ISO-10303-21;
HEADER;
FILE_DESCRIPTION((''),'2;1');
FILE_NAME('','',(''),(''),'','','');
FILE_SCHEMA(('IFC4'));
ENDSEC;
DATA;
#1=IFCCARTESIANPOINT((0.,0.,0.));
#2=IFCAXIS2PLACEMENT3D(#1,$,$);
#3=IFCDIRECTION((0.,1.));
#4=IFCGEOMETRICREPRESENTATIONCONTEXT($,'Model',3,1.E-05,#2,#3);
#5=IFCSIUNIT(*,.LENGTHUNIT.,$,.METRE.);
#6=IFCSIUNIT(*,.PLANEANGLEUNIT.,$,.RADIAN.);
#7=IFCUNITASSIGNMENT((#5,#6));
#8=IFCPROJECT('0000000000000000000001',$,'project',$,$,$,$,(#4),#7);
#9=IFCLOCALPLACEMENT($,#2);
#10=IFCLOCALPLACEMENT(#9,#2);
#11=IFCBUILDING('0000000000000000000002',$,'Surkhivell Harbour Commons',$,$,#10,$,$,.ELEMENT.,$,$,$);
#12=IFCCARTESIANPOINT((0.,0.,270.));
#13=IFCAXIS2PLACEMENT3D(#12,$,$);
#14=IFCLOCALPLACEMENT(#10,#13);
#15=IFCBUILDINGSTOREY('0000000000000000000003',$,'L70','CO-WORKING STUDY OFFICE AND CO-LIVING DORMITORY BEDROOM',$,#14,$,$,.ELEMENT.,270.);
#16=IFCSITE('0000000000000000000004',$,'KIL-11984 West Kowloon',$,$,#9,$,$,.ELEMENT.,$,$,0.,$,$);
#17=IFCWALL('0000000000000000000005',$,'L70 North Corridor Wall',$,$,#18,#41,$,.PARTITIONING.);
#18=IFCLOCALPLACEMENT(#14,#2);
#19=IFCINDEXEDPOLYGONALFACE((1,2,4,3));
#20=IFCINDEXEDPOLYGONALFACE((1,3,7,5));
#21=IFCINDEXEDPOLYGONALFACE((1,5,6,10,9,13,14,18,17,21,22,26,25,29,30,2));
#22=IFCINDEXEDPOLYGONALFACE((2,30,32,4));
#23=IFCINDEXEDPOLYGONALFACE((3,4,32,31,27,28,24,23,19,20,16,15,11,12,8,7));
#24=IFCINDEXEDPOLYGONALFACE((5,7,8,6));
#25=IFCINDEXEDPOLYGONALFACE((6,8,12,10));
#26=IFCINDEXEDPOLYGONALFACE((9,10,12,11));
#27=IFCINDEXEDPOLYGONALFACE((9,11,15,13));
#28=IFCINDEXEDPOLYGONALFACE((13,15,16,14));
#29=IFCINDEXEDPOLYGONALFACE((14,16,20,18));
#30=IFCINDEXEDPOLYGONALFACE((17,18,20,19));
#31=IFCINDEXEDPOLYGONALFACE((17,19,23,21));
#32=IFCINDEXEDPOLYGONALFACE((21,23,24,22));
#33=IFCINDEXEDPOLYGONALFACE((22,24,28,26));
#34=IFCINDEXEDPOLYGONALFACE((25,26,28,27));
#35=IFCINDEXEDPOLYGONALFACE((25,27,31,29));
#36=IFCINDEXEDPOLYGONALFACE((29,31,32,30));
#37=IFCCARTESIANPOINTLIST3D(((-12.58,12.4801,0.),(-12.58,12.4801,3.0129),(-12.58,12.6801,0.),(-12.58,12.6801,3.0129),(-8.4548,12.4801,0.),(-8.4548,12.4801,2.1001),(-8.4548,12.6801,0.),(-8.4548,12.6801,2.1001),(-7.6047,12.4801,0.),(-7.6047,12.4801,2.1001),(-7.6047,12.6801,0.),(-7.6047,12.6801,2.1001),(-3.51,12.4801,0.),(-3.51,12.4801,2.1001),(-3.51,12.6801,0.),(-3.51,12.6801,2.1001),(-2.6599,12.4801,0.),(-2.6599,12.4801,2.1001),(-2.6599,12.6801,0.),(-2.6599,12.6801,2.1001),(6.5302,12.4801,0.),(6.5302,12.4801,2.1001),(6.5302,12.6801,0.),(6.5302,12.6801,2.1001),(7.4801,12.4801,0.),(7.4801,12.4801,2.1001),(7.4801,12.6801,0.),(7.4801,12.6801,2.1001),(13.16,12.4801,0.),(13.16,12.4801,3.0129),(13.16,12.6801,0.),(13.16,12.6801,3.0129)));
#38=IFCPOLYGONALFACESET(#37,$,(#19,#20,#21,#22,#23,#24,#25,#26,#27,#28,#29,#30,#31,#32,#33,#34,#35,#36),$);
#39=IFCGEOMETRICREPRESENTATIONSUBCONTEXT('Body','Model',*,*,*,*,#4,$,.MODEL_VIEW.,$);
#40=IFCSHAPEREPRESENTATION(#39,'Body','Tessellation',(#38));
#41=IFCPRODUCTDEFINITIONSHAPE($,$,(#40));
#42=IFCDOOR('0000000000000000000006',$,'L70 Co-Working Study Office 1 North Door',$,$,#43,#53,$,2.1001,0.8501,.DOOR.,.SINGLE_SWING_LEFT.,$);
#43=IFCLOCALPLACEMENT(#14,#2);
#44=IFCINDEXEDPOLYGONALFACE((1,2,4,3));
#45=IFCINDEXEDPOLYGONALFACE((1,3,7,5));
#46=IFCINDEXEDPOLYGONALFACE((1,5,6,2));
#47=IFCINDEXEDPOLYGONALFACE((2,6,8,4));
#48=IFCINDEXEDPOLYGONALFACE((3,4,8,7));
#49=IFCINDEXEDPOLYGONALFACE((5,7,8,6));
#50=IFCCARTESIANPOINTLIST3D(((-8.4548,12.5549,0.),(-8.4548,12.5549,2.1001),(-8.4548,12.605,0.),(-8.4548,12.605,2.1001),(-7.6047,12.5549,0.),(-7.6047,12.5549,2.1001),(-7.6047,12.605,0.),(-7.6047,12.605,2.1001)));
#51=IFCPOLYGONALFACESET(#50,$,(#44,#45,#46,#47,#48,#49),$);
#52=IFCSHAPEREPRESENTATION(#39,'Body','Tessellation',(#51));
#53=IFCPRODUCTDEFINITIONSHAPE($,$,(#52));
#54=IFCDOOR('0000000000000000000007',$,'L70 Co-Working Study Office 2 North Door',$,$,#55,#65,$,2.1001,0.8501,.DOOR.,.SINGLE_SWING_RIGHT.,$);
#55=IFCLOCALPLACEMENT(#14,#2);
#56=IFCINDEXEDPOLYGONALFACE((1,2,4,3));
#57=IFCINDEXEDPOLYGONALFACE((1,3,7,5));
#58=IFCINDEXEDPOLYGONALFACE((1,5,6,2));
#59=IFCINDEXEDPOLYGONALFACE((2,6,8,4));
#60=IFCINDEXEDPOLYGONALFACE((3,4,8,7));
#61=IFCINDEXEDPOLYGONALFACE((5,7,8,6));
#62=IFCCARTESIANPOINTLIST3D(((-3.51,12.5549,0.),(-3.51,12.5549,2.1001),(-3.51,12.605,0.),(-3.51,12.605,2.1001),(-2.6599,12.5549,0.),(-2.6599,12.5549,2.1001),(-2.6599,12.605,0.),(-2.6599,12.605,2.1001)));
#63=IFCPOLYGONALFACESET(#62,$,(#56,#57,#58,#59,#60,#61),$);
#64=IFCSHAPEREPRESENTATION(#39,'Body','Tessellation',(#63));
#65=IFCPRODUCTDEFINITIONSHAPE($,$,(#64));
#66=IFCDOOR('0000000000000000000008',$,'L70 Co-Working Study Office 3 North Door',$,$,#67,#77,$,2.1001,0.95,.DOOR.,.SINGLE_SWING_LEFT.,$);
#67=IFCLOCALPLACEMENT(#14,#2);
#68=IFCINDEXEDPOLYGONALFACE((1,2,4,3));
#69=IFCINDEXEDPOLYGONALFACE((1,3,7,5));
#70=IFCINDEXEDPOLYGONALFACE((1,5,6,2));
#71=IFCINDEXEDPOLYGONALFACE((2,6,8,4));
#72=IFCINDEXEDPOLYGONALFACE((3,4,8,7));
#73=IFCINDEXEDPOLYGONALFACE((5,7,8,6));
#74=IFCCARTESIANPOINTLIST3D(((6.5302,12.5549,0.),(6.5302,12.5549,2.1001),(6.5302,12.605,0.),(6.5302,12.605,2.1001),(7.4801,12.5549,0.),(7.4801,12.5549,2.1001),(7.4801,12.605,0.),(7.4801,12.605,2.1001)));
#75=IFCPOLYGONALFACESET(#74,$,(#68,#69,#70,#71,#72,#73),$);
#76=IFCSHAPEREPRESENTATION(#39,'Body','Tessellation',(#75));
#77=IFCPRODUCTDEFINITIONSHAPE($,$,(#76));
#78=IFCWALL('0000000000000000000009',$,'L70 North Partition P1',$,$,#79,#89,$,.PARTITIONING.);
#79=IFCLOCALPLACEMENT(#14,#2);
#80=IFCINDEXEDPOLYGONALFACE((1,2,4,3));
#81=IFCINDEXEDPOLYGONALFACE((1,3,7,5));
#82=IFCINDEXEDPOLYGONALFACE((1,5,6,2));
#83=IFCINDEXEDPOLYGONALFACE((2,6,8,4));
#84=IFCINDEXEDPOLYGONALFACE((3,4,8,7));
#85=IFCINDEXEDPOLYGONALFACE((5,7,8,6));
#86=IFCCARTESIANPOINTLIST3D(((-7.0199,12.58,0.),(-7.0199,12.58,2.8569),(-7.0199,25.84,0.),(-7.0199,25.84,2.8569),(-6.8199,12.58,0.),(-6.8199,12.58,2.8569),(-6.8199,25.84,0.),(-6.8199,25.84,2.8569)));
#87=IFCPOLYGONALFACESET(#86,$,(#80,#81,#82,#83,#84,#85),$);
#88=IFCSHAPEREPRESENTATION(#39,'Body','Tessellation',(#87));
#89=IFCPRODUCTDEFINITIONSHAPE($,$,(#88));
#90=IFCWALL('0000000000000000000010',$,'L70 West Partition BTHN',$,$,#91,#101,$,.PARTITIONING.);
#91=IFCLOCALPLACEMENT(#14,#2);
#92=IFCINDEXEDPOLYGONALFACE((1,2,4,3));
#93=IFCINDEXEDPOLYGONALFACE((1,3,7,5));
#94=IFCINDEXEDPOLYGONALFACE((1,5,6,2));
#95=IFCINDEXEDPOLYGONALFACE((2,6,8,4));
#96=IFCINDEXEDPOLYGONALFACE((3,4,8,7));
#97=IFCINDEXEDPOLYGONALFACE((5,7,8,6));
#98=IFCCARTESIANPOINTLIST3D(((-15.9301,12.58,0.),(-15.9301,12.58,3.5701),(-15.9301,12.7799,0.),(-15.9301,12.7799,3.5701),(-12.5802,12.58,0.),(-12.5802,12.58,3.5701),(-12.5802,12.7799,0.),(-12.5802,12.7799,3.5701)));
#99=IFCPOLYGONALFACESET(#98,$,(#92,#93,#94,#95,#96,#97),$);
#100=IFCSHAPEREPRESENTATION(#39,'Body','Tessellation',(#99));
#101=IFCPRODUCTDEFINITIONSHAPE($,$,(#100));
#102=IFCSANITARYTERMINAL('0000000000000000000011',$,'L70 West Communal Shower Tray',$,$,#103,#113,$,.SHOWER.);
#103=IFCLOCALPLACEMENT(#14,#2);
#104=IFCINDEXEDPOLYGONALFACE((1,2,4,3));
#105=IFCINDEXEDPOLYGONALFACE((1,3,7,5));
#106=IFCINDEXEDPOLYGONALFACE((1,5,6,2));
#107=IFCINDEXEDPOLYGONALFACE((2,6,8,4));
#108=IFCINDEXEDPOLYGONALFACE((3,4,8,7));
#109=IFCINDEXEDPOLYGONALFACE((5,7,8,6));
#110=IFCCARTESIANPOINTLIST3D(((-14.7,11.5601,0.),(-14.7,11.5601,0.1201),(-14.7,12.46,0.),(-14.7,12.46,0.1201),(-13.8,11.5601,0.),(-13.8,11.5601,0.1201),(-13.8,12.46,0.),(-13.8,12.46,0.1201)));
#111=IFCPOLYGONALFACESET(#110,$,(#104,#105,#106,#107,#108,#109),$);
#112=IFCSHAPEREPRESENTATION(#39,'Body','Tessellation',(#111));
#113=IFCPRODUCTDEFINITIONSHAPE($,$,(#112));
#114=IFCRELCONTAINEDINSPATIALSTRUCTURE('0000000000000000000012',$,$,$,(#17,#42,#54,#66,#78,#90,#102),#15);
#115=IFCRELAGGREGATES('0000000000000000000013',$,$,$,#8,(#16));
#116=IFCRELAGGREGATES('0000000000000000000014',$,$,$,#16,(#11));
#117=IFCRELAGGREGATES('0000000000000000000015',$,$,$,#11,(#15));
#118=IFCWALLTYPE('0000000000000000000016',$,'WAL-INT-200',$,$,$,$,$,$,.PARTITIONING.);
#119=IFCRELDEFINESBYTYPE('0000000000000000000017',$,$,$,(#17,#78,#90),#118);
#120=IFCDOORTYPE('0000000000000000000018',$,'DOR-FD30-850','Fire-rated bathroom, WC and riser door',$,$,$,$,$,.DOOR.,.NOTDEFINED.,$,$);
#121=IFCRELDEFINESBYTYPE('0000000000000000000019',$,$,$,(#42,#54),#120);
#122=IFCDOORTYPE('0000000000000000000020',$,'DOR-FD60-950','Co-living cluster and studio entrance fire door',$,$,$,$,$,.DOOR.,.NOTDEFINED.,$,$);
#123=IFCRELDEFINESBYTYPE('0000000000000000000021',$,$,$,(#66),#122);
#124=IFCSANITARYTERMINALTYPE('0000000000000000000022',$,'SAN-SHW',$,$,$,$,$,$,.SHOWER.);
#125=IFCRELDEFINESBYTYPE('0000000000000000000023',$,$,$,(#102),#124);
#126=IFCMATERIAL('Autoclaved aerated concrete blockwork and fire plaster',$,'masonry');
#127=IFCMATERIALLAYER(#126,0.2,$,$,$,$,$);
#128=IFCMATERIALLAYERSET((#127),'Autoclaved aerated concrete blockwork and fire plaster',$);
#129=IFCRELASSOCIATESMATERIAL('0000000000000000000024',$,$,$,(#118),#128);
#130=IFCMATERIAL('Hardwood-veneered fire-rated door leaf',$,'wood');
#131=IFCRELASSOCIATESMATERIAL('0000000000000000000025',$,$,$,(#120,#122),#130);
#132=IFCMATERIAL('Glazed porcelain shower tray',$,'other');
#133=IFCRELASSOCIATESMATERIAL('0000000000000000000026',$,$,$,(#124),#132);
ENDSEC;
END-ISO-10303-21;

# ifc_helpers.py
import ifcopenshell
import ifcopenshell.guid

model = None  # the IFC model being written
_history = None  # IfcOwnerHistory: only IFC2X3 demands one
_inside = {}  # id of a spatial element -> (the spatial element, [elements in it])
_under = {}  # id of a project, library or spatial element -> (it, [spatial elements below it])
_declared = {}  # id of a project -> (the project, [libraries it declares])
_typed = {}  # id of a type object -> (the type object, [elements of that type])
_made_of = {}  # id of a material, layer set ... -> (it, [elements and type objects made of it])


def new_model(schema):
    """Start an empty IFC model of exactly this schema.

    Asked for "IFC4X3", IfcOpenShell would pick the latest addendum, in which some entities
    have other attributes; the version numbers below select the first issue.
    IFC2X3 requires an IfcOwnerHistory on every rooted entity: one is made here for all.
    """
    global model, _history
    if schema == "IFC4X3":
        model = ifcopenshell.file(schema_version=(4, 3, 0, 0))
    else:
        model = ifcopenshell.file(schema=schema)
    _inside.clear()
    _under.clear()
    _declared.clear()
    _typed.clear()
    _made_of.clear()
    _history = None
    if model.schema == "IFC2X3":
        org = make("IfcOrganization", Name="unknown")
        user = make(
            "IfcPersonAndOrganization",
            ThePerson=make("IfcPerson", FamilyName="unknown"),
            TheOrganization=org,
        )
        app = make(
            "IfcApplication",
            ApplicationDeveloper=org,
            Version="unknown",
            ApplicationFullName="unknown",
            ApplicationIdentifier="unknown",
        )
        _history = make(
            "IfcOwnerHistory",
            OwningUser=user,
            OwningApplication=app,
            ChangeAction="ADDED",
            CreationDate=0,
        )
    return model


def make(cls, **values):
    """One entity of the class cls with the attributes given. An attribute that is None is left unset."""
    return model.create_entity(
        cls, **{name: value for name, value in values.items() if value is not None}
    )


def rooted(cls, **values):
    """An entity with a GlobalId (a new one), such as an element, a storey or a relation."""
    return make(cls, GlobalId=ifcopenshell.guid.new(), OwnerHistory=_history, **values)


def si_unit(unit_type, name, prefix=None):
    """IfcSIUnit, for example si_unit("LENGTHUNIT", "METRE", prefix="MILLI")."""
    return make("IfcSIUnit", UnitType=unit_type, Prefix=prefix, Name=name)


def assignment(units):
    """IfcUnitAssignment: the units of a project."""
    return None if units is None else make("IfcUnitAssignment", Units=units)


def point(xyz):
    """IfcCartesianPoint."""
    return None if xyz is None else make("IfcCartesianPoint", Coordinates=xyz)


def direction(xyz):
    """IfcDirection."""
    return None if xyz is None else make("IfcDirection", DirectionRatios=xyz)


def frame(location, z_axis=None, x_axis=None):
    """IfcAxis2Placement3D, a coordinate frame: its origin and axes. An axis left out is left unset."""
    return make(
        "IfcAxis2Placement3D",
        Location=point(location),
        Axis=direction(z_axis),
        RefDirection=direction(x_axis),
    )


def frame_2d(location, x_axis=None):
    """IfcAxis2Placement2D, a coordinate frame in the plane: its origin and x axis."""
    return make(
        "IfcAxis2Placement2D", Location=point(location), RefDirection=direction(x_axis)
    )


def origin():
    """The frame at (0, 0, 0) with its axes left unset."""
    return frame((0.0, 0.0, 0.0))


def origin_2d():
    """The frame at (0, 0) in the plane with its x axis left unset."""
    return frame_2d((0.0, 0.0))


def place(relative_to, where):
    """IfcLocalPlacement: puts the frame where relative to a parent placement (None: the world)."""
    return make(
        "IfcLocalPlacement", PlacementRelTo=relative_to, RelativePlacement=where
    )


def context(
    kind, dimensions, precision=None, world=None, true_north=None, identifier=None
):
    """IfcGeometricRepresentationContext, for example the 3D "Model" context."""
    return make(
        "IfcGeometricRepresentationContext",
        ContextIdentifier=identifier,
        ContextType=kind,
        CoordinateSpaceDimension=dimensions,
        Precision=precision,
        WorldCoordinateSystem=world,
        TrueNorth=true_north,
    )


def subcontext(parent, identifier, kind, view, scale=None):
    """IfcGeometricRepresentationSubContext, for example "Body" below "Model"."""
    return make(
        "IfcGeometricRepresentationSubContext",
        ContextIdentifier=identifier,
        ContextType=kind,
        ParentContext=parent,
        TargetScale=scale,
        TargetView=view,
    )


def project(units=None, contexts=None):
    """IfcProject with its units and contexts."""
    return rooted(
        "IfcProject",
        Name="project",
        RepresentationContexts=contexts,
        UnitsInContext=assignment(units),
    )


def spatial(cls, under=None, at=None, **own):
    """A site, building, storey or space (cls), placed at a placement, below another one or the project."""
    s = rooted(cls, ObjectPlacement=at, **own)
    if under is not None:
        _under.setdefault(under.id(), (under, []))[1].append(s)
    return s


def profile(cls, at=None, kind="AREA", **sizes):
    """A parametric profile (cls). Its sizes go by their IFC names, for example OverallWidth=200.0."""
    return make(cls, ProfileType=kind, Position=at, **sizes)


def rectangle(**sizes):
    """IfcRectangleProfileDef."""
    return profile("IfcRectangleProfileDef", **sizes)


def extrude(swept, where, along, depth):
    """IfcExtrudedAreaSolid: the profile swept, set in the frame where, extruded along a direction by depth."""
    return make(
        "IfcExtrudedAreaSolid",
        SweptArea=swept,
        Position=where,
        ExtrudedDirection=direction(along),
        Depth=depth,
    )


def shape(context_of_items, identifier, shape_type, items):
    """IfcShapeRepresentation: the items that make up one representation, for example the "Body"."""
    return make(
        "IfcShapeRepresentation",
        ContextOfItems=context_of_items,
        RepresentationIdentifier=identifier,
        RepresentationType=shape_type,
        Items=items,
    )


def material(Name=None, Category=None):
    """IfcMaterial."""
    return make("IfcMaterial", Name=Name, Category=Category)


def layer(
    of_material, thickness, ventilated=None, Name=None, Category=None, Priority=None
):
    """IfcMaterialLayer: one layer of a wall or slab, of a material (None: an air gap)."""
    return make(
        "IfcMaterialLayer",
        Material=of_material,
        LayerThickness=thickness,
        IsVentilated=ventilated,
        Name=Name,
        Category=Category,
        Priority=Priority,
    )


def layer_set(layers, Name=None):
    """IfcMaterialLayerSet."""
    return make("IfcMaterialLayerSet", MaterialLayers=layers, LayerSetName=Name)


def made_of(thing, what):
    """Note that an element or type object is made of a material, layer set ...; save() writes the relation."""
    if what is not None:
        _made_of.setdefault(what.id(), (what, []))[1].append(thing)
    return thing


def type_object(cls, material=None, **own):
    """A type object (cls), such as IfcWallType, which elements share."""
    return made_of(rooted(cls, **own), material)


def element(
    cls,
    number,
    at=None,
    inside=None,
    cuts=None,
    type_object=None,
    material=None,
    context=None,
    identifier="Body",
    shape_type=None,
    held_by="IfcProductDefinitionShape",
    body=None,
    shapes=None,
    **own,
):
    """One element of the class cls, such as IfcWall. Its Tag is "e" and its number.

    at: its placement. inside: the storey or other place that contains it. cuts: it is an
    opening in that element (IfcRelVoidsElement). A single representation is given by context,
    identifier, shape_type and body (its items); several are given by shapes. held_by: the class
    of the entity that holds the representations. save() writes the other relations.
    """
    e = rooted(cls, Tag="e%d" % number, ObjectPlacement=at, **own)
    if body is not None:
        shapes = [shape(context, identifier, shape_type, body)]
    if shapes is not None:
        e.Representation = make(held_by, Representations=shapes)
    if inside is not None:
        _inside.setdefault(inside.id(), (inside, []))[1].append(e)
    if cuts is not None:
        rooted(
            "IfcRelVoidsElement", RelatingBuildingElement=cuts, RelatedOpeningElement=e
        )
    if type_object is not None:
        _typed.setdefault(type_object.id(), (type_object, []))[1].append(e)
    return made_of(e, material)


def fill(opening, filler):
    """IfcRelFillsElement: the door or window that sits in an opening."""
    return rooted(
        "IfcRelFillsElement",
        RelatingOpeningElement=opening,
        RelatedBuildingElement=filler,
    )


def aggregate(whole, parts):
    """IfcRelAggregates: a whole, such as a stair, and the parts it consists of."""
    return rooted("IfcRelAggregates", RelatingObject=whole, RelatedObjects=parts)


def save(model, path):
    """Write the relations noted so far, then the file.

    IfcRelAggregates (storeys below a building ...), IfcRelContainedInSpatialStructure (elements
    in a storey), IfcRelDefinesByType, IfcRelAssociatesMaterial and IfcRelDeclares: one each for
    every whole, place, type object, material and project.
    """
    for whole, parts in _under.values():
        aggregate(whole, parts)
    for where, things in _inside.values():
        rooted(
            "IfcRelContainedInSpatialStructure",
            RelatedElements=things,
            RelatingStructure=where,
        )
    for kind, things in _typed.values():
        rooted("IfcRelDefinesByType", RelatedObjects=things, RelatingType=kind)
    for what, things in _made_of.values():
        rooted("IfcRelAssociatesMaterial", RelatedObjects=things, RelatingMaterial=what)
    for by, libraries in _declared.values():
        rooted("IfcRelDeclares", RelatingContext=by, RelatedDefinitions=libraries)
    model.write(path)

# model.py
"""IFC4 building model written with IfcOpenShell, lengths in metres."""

from ifc_helpers import new_model, si_unit, direction, frame, frame_2d, origin, origin_2d, place, context, subcontext, project, spatial, rectangle, extrude, material, layer, layer_set, type_object, element, fill, save


model = new_model("IFC4")

# Units and contexts
model_context = context("Model", 3, precision=1e-05, world=origin(), true_north=direction((0.0, 1.0)))
body_context = subcontext(model_context, "Body", "Model", "MODEL_VIEW")
ifc_project = project(units=[si_unit("LENGTHUNIT", "METRE"), si_unit("PLANEANGLEUNIT", "RADIAN")], contexts=[model_context])

# Site, building, storey
site_placement = place(None, origin())
site = spatial("IfcSite", under=ifc_project, at=site_placement, Name="KIL-11984 West Kowloon", CompositionType="ELEMENT", RefElevation=0.0)
building_placement = place(site_placement, origin())
building = spatial("IfcBuilding", under=site, at=building_placement, Name="Surkhivell Harbour Commons", CompositionType="ELEMENT")
storey_placement = place(building_placement, frame((0.0, 0.0, 270.0)))
storey = spatial("IfcBuildingStorey", under=building, at=storey_placement, Name="L70", Description="CO-WORKING STUDY OFFICE AND CO-LIVING DORMITORY BEDROOM", CompositionType="ELEMENT", Elevation=270.0)

# Shared definitions
ifc_material_1 = material(Name="Hardwood-veneered fire-rated door leaf", Category="wood")

# Shared definitions
ifc_material_2 = material(Name="Autoclaved aerated concrete blockwork and fire plaster", Category="masonry")
ifc_layer_1 = layer(ifc_material_2, 0.2)
ifc_layer_set_1 = layer_set([ifc_layer_1], Name="Autoclaved aerated concrete blockwork and fire plaster")
wall_type_1 = type_object("IfcWallType", Name="WAL-INT-200", PredefinedType="PARTITIONING", material=ifc_layer_set_1)

# Wall, openings, doors
wall_1_placement = place(storey_placement, frame((-12.5801, 12.5801, 0.0), z_axis=(0.0, 0.0, 1.0), x_axis=(1.0, 0.0, 0.0)))
wall_1 = element("IfcWall", 1, at=wall_1_placement, inside=storey, type_object=wall_type_1, Name="L70 North Corridor Wall", PredefinedType="PARTITIONING", context=body_context, shape_type="SweptSolid", body=[
    extrude(rectangle(XDim=25.74, YDim=0.2, at=frame_2d((12.8701, 0.0))), origin(), (0.0, 0.0, 1.0), 3.0129),
])
opening_1_placement = place(wall_1_placement, frame((4.1252, 0.0, 0.0)))
opening_1 = element("IfcOpeningElement", 2, at=opening_1_placement, cuts=wall_1, PredefinedType="OPENING", context=body_context, shape_type="SweptSolid", body=[
    extrude(rectangle(XDim=0.8501, YDim=2.1001, at=frame_2d((0.425, 1.05))), frame((0.0, 0.1099, 0.0), z_axis=(0.0, -1.0, 0.0), x_axis=(1.0, 0.0, 0.0)), (0.0, 0.0, 1.0), 0.22),
])
opening_2_placement = place(wall_1_placement, frame((9.0701, 0.0, 0.0)))
opening_2 = element("IfcOpeningElement", 3, at=opening_2_placement, cuts=wall_1, PredefinedType="OPENING", context=body_context, shape_type="SweptSolid", body=[
    extrude(rectangle(XDim=0.8501, YDim=2.1001, at=frame_2d((0.425, 1.05))), frame((0.0, 0.1099, 0.0), z_axis=(0.0, -1.0, 0.0), x_axis=(1.0, 0.0, 0.0)), (0.0, 0.0, 1.0), 0.22),
])
opening_3_placement = place(wall_1_placement, frame((19.1101, 0.0, 0.0)))
opening_3 = element("IfcOpeningElement", 4, at=opening_3_placement, cuts=wall_1, PredefinedType="OPENING", context=body_context, shape_type="SweptSolid", body=[
    extrude(rectangle(XDim=0.95, YDim=2.1001, at=frame_2d((0.4751, 1.05))), frame((0.0, 0.1099, 0.0), z_axis=(0.0, -1.0, 0.0), x_axis=(1.0, 0.0, 0.0)), (0.0, 0.0, 1.0), 0.22),
])
door_type_1 = type_object("IfcDoorType", Name="DOR-FD30-850", Description="Fire-rated bathroom, WC and riser door", OperationType="NOTDEFINED", PredefinedType="DOOR", material=ifc_material_1)
door_1_placement = place(opening_1_placement, origin())
door_1 = element("IfcDoor", 5, at=door_1_placement, inside=storey, type_object=door_type_1, Name="L70 Co-Working Study Office 1 North Door", OperationType="SINGLE_SWING_LEFT", OverallHeight=2.1001, OverallWidth=0.8501, PredefinedType="DOOR", context=body_context, shape_type="SweptSolid", body=[
    extrude(rectangle(XDim=0.8501, YDim=2.1001, at=frame_2d((0.425, 1.05))), frame((0.0, 0.0249, 0.0), z_axis=(0.0, -1.0, 0.0), x_axis=(1.0, 0.0, 0.0)), (0.0, 0.0, 1.0), 0.05),
])
fill(opening_1, door_1)
door_2_placement = place(opening_2_placement, origin())
door_2 = element("IfcDoor", 6, at=door_2_placement, inside=storey, type_object=door_type_1, Name="L70 Co-Working Study Office 2 North Door", OperationType="SINGLE_SWING_RIGHT", OverallHeight=2.1001, OverallWidth=0.8501, PredefinedType="DOOR", context=body_context, shape_type="SweptSolid", body=[
    extrude(rectangle(XDim=0.8501, YDim=2.1001, at=frame_2d((0.425, 1.05))), frame((0.0, 0.0249, 0.0), z_axis=(0.0, -1.0, 0.0), x_axis=(1.0, 0.0, 0.0)), (0.0, 0.0, 1.0), 0.05),
])
fill(opening_2, door_2)
door_type_2 = type_object("IfcDoorType", Name="DOR-FD60-950", Description="Co-living cluster and studio entrance fire door", OperationType="NOTDEFINED", PredefinedType="DOOR", material=ifc_material_1)
door_3_placement = place(opening_3_placement, origin())
door_3 = element("IfcDoor", 7, at=door_3_placement, inside=storey, type_object=door_type_2, Name="L70 Co-Working Study Office 3 North Door", OperationType="SINGLE_SWING_LEFT", OverallHeight=2.1001, OverallWidth=0.95, PredefinedType="DOOR", context=body_context, shape_type="SweptSolid", body=[
    extrude(rectangle(XDim=0.95, YDim=2.1001, at=frame_2d((0.4751, 1.05))), frame((0.0, 0.0249, 0.0), z_axis=(0.0, -1.0, 0.0), x_axis=(1.0, 0.0, 0.0)), (0.0, 0.0, 1.0), 0.05),
])
fill(opening_3, door_3)

# Walls
wall_2_placement = place(storey_placement, frame((-6.9199, 12.5801, 0.0), z_axis=(0.0, 0.0, 1.0), x_axis=(0.0, 1.0, 0.0)))
element("IfcWall", 8, at=wall_2_placement, inside=storey, type_object=wall_type_1, Name="L70 North Partition P1", PredefinedType="PARTITIONING", context=body_context, shape_type="SweptSolid", body=[
    extrude(rectangle(XDim=13.26, YDim=0.2, at=frame_2d((6.6299, 0.0))), origin(), (0.0, 0.0, 1.0), 2.8569),
])
wall_3_placement = place(storey_placement, frame((-15.9299, 12.6799, 0.0), z_axis=(0.0, 0.0, 1.0), x_axis=(1.0, 0.0, 0.0)))
element("IfcWall", 9, at=wall_3_placement, inside=storey, type_object=wall_type_1, Name="L70 West Partition BTHN", PredefinedType="PARTITIONING", context=body_context, shape_type="SweptSolid", body=[
    extrude(rectangle(XDim=3.3499, YDim=0.2, at=frame_2d((1.6748, 0.0))), origin(), (0.0, 0.0, 1.0), 3.5701),
])

# Sanitary terminal
ifc_material_3 = material(Name="Glazed porcelain shower tray", Category="other")
sanitary_terminal_type = type_object("IfcSanitaryTerminalType", Name="SAN-SHW", PredefinedType="SHOWER", material=ifc_material_3)
sanitary_terminal_placement = place(storey_placement, frame((-14.25, 12.01, 0.0), z_axis=(0.0, 0.0, 1.0), x_axis=(1.0, 0.0, 0.0)))
element("IfcSanitaryTerminal", 10, at=sanitary_terminal_placement, inside=storey, type_object=sanitary_terminal_type, Name="L70 West Communal Shower Tray", PredefinedType="SHOWER", context=body_context, shape_type="SweptSolid", body=[
    extrude(rectangle(XDim=0.8999, YDim=0.8999, at=origin_2d()), origin(), (0.0, 0.0, 1.0), 0.1201),
])

save(model, "model.ifc")
